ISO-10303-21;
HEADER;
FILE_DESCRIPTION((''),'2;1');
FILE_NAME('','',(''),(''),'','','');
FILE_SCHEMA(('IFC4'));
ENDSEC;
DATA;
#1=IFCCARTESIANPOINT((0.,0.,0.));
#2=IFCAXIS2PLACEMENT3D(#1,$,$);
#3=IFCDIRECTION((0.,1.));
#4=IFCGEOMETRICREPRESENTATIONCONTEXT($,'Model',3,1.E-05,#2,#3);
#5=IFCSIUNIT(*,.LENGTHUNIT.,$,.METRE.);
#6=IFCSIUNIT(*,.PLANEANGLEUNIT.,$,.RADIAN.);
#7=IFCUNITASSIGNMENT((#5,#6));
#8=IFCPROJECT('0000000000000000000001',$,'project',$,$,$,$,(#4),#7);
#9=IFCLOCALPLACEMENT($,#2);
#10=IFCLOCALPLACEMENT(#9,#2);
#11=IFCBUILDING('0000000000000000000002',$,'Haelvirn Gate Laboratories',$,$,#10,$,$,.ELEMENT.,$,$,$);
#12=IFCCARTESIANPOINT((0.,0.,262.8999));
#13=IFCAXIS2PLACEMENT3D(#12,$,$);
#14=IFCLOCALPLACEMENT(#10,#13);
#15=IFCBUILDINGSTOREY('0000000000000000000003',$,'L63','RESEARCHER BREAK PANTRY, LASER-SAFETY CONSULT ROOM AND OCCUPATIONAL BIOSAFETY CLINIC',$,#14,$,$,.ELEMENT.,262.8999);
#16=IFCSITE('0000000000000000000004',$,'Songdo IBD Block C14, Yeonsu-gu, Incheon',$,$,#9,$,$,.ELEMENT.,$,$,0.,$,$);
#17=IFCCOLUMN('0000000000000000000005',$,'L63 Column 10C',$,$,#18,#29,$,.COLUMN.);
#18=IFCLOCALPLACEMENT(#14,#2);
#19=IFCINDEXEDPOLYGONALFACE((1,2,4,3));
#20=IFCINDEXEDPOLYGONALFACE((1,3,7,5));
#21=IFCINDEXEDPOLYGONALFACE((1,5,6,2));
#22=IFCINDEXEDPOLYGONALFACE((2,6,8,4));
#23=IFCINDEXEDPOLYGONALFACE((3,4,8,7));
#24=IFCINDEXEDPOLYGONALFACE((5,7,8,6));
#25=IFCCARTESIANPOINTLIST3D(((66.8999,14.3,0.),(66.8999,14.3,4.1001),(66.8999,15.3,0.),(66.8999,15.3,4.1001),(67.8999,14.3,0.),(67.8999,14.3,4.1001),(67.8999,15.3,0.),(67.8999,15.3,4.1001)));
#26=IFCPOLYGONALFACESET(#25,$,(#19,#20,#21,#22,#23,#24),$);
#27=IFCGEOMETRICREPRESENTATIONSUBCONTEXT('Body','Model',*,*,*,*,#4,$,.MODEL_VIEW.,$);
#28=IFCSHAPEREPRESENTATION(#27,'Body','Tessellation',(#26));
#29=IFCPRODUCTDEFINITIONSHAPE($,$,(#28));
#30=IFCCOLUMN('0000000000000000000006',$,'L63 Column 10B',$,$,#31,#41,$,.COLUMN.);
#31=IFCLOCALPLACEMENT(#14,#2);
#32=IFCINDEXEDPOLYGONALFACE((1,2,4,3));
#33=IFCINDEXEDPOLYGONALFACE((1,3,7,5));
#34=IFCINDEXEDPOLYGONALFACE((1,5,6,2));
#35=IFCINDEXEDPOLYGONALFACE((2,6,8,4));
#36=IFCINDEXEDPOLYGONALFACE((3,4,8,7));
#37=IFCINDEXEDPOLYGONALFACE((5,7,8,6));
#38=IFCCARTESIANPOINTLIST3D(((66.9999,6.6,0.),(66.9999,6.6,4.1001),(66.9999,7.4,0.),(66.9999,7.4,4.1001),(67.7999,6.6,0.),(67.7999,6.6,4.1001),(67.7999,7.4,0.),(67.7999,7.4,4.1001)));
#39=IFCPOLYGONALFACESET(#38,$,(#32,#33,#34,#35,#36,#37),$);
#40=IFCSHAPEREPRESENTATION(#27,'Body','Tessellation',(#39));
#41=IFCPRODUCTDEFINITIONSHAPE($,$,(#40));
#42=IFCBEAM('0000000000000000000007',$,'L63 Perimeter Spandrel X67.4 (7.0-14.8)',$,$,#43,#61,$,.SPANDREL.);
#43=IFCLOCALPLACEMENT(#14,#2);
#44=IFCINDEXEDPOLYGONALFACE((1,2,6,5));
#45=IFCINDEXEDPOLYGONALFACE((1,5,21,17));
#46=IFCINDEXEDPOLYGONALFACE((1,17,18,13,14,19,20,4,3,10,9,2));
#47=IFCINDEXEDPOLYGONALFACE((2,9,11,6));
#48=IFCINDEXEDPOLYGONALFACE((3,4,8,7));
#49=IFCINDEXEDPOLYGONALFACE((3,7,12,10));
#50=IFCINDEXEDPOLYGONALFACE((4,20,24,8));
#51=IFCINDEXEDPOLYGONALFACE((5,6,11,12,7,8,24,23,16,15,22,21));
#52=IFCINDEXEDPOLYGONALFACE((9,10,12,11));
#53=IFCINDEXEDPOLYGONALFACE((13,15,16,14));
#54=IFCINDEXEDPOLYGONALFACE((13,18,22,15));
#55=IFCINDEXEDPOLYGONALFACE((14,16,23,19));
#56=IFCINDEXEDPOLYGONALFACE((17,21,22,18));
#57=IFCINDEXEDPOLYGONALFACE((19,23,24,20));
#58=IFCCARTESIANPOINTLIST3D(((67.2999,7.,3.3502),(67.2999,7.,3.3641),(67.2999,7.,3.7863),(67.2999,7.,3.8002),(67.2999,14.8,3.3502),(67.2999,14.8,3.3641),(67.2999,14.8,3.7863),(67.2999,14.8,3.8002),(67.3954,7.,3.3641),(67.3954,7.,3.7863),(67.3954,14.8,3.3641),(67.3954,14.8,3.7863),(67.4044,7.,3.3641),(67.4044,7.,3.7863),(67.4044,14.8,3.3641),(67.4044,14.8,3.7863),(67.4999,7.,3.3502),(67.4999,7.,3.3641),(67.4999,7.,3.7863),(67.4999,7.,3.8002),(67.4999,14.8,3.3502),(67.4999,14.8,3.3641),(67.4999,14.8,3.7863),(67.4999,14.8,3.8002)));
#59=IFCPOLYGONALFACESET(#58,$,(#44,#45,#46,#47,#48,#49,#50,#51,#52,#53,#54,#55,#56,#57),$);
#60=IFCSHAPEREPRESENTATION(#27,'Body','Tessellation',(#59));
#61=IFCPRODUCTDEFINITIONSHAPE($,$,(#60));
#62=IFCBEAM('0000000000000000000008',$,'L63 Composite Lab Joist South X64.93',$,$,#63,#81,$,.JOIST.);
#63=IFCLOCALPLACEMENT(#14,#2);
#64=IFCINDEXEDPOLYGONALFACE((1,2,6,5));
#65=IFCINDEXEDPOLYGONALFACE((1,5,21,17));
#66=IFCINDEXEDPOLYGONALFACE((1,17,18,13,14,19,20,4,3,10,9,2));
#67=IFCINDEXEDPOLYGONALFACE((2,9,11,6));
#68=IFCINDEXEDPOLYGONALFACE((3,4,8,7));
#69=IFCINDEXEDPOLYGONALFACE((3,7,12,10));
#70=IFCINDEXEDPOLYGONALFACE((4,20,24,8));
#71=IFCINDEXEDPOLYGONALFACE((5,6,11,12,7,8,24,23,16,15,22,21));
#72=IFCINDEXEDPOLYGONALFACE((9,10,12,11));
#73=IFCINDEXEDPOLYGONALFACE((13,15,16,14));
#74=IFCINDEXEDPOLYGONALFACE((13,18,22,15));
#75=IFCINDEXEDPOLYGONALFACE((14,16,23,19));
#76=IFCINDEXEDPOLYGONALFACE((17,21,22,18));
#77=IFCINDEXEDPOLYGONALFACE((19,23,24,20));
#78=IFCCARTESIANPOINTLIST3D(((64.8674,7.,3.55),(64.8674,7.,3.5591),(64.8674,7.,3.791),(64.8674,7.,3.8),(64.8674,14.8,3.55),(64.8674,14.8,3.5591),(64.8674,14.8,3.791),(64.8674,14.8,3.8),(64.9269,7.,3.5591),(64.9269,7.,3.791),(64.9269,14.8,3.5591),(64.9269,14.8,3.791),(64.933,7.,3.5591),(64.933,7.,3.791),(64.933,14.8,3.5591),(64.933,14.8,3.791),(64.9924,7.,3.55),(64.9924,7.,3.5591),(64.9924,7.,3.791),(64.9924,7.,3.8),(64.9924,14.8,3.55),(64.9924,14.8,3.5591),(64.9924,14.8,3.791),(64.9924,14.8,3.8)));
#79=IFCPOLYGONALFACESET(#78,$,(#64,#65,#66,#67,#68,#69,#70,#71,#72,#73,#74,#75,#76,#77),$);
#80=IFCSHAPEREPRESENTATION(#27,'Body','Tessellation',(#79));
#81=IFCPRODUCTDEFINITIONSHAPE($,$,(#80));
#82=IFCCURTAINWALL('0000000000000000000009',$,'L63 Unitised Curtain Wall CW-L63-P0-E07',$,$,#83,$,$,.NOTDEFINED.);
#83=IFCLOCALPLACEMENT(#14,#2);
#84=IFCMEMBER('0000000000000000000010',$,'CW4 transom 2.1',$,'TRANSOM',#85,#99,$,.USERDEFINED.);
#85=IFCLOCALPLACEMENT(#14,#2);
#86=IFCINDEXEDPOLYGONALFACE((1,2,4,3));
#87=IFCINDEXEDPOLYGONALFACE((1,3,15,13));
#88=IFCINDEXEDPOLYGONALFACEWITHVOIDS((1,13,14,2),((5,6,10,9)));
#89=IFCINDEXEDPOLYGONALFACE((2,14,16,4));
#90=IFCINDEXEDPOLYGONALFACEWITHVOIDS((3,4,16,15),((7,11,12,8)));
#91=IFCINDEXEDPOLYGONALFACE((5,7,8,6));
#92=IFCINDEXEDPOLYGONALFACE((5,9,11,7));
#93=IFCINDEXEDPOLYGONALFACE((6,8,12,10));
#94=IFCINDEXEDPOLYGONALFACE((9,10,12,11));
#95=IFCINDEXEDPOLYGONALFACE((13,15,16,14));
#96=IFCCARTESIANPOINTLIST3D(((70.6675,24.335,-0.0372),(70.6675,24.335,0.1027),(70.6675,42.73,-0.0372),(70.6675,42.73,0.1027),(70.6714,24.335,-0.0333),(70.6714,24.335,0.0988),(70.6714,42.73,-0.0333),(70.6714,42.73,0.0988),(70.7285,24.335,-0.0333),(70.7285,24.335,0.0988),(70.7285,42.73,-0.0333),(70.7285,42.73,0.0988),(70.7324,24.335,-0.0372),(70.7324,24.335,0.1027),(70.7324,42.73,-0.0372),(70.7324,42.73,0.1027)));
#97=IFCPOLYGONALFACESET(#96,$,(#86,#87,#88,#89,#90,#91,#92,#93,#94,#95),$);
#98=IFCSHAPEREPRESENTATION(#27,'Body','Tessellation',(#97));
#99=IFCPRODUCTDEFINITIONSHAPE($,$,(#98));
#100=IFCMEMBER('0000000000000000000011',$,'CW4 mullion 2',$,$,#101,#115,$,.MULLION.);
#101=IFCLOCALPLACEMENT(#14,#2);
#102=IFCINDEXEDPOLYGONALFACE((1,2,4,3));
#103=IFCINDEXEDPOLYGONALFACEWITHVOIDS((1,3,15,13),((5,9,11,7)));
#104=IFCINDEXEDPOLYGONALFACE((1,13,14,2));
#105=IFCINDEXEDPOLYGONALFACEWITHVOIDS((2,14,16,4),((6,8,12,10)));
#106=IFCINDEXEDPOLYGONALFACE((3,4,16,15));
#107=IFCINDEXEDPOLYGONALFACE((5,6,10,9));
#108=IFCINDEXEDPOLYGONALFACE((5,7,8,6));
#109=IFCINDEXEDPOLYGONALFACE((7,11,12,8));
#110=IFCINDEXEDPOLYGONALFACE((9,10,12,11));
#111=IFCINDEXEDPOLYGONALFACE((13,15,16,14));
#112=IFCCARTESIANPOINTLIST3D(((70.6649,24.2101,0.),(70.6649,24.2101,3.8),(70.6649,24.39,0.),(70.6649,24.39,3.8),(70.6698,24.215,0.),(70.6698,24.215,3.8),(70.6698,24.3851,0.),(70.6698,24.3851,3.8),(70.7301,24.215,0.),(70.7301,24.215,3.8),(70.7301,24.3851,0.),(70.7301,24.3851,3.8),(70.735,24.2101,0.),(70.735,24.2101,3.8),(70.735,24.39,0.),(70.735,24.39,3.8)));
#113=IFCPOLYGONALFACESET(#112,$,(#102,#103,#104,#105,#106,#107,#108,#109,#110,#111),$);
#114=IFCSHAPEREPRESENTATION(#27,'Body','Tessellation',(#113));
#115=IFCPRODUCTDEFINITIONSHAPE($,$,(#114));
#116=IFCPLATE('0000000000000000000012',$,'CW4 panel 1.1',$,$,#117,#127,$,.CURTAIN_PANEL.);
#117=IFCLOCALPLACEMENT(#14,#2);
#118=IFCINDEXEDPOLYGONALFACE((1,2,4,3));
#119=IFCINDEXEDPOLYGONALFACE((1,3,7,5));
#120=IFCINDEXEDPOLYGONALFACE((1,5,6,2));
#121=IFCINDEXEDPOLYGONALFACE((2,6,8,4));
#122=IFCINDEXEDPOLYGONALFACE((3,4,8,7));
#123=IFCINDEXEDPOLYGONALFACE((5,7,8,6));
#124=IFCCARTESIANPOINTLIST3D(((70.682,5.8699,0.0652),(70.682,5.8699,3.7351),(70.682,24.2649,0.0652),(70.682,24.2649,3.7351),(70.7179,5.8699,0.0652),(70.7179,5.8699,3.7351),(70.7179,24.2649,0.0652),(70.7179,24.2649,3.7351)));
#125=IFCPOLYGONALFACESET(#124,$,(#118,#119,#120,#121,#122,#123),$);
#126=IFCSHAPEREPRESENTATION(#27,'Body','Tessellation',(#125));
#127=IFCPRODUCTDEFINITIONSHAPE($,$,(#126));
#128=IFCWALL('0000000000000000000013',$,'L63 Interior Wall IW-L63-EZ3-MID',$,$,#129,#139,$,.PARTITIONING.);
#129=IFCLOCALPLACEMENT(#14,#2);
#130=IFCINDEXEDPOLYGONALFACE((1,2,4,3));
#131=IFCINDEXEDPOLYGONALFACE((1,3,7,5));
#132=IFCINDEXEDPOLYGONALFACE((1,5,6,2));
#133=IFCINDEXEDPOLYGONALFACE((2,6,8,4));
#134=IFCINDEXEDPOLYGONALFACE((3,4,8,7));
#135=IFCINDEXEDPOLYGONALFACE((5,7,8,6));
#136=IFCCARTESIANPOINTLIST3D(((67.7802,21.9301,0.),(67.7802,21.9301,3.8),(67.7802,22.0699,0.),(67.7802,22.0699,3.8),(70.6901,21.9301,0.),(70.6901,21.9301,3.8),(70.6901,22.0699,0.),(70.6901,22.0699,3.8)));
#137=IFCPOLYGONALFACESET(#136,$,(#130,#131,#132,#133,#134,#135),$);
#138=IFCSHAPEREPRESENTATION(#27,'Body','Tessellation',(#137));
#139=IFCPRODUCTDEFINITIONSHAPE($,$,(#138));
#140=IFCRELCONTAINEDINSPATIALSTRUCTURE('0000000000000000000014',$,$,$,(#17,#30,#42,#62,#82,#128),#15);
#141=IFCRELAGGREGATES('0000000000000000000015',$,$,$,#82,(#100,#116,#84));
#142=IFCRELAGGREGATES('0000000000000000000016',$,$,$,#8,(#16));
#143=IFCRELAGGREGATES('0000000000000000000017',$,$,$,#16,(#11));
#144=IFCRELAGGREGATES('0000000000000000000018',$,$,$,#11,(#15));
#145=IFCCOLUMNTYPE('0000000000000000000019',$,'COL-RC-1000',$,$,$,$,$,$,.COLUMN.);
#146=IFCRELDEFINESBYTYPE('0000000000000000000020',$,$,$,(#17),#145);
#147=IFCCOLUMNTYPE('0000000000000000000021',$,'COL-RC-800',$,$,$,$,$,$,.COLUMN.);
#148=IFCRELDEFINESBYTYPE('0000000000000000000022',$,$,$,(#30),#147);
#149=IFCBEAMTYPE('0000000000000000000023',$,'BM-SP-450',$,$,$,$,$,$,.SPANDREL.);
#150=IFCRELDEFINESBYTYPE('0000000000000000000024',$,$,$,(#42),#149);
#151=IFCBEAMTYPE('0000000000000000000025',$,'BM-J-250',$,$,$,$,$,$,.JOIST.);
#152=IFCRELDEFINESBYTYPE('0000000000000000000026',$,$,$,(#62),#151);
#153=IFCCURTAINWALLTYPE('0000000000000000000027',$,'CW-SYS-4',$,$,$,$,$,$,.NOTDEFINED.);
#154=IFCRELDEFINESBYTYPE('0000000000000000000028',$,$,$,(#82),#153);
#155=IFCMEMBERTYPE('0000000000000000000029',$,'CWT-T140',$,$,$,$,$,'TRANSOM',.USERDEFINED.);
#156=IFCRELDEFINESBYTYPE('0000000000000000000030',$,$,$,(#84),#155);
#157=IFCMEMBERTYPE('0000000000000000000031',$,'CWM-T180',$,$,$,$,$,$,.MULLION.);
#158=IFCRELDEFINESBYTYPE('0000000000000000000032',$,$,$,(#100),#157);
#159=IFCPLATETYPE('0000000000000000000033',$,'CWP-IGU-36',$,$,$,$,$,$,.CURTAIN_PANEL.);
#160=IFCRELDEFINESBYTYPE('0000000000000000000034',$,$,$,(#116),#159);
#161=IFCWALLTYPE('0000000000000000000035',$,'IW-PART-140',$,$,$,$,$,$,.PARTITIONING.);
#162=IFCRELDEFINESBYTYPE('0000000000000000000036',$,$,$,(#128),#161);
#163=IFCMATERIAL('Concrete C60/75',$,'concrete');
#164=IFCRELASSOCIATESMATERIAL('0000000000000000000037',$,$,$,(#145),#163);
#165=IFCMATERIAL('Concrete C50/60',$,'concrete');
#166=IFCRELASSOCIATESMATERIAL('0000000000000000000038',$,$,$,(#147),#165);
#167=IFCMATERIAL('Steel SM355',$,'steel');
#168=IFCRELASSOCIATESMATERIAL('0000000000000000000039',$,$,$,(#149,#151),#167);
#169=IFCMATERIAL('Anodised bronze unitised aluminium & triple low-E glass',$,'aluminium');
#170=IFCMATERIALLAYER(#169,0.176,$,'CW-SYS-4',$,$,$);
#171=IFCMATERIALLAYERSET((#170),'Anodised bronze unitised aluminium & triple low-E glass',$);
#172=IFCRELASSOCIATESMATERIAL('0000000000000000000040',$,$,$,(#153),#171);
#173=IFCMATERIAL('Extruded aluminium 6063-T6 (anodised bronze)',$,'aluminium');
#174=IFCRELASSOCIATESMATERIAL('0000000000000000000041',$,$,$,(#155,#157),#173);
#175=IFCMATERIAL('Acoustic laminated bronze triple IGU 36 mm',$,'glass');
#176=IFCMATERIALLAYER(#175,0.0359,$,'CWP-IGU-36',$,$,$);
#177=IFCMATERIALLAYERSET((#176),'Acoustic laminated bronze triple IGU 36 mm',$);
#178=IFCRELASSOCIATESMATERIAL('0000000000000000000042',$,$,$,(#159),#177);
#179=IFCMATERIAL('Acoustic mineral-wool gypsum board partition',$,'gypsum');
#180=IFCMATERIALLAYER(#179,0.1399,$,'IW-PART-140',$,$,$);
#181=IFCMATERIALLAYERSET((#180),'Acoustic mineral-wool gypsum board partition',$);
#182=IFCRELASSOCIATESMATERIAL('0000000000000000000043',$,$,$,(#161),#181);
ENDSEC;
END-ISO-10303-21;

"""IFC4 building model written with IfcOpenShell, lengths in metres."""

from ifc_helpers import new_model, si_unit, direction, frame, frame_2d, origin, origin_2d, place, context, subcontext, project, spatial, rectangle, hollow_rectangle, i_section, extrude, source, transform, mapped, material, layer, layer_set, material_profile, profile_set, type_object, type_shapes, element, aggregate, save


model = new_model("IFC4")

# Units and contexts
model_context = context("Model", 3, precision=1e-05, world=origin(), true_north=direction((0.0, 1.0)))
body_context = subcontext(model_context, "Body", "Model", "MODEL_VIEW")
ifc_project = project(units=[si_unit("LENGTHUNIT", "METRE"), si_unit("PLANEANGLEUNIT", "RADIAN")], contexts=[model_context])

# Site, building, storey
site_placement = place(None, origin())
site = spatial("IfcSite", under=ifc_project, at=site_placement, Name="Songdo IBD Block C14, Yeonsu-gu, Incheon", CompositionType="ELEMENT", RefElevation=0.0)
building_placement = place(site_placement, origin())
building = spatial("IfcBuilding", under=site, at=building_placement, Name="Haelvirn Gate Laboratories", CompositionType="ELEMENT")
storey_placement = place(building_placement, frame((0.0, 0.0, 262.8999)))
storey = spatial("IfcBuildingStorey", under=building, at=storey_placement, Name="L63", Description="RESEARCHER BREAK PANTRY, LASER-SAFETY CONSULT ROOM AND OCCUPATIONAL BIOSAFETY CLINIC", CompositionType="ELEMENT", Elevation=262.8999)

# Columns
ifc_material_1 = material(Name="Concrete C60/75", Category="concrete")
ifc_material_profile_1 = material_profile(ifc_material_1, rectangle(XDim=1.0, YDim=1.0, at=origin_2d()), Name="RC-1000x1000")
ifc_profile_set_1 = profile_set([ifc_material_profile_1], Name="Concrete C60/75")
column_type_1 = type_object("IfcColumnType", Name="COL-RC-1000", PredefinedType="COLUMN", material=ifc_profile_set_1)
shared_shape_1 = source(origin(), body_context, "Body", "SweptSolid", [
    extrude(rectangle(XDim=1.0, YDim=1.0, at=origin_2d()), origin(), (0.0, 0.0, 1.0), 4.1001),
])
type_shapes(column_type_1, [shared_shape_1])
column_1_placement = place(storey_placement, frame((67.3999, 14.8, 0.0), z_axis=(0.0, 0.0, 1.0), x_axis=(1.0, 0.0, 0.0)))
element("IfcColumn", 1, at=column_1_placement, inside=storey, type_object=column_type_1, Name="L63 Column 10C", PredefinedType="COLUMN", context=body_context, shape_type="MappedRepresentation", body=[
    mapped(shared_shape_1, transform((0.0, 0.0, 0.0), scale=1.0)),
])
ifc_material_2 = material(Name="Concrete C50/60", Category="concrete")
ifc_material_profile_2 = material_profile(ifc_material_2, rectangle(XDim=0.8, YDim=0.8, at=origin_2d()), Name="RC-800x800")
ifc_profile_set_2 = profile_set([ifc_material_profile_2], Name="Concrete C50/60")
column_type_2 = type_object("IfcColumnType", Name="COL-RC-800", PredefinedType="COLUMN", material=ifc_profile_set_2)
shared_shape_2 = source(origin(), body_context, "Body", "SweptSolid", [
    extrude(rectangle(XDim=0.8, YDim=0.8, at=origin_2d()), origin(), (0.0, 0.0, 1.0), 4.1001),
])
type_shapes(column_type_2, [shared_shape_2])
column_2_placement = place(storey_placement, frame((67.3999, 7.0, 0.0), z_axis=(0.0, 0.0, 1.0), x_axis=(1.0, 0.0, 0.0)))
element("IfcColumn", 2, at=column_2_placement, inside=storey, type_object=column_type_2, Name="L63 Column 10B", PredefinedType="COLUMN", context=body_context, shape_type="MappedRepresentation", body=[
    mapped(shared_shape_2, transform((0.0, 0.0, 0.0), scale=1.0)),
])

# Beams
ifc_material_3 = material(Name="Steel SM355", Category="steel")
ifc_material_profile_3 = material_profile(ifc_material_3, i_section(OverallWidth=0.2, OverallDepth=0.45, WebThickness=0.009, FlangeThickness=0.0139, at=origin_2d()), Name="H-450x200x9x14")
ifc_profile_set_3 = profile_set([ifc_material_profile_3], Name="Steel SM355")
beam_type_1 = type_object("IfcBeamType", Name="BM-SP-450", PredefinedType="SPANDREL", material=ifc_profile_set_3)
shared_shape_3 = source(origin(), body_context, "Body", "SweptSolid", [
    extrude(i_section(OverallWidth=0.2, OverallDepth=0.45, WebThickness=0.009, FlangeThickness=0.0139, at=origin_2d()), origin(), (0.0, 0.0, 1.0), 7.8),
])
type_shapes(beam_type_1, [shared_shape_3])
beam_1_placement = place(storey_placement, frame((67.3999, 7.0, 3.5752), z_axis=(0.0, 1.0, 0.0), x_axis=(-1.0, 0.0, 0.0)))
element("IfcBeam", 3, at=beam_1_placement, inside=storey, type_object=beam_type_1, Name="L63 Perimeter Spandrel X67.4 (7.0-14.8)", PredefinedType="SPANDREL", context=body_context, shape_type="MappedRepresentation", body=[
    mapped(shared_shape_3, transform((0.0, 0.0, 0.0), scale=1.0)),
])
ifc_material_profile_4 = material_profile(ifc_material_3, i_section(OverallWidth=0.125, OverallDepth=0.25, WebThickness=0.0061, FlangeThickness=0.009, at=origin_2d()), Name="H-250x125x6x9")
ifc_profile_set_4 = profile_set([ifc_material_profile_4], Name="Steel SM355")
beam_type_2 = type_object("IfcBeamType", Name="BM-J-250", PredefinedType="JOIST", material=ifc_profile_set_4)
shared_shape_4 = source(origin(), body_context, "Body", "SweptSolid", [
    extrude(i_section(OverallWidth=0.125, OverallDepth=0.25, WebThickness=0.0061, FlangeThickness=0.009, at=origin_2d()), origin(), (0.0, 0.0, 1.0), 7.8),
])
type_shapes(beam_type_2, [shared_shape_4])
beam_2_placement = place(storey_placement, frame((64.9299, 7.0, 3.675), z_axis=(0.0, 1.0, 0.0), x_axis=(-1.0, 0.0, 0.0)))
element("IfcBeam", 4, at=beam_2_placement, inside=storey, type_object=beam_type_2, Name="L63 Composite Lab Joist South X64.93", PredefinedType="JOIST", context=body_context, shape_type="MappedRepresentation", body=[
    mapped(shared_shape_4, transform((0.0, 0.0, 0.0), scale=1.0)),
])

# Curtain wall, members, plate
ifc_material_4 = material(Name="Anodised bronze unitised aluminium & triple low-E glass", Category="aluminium")
ifc_layer_1 = layer(ifc_material_4, 0.176, Name="CW-SYS-4")
ifc_layer_set_1 = layer_set([ifc_layer_1], Name="Anodised bronze unitised aluminium & triple low-E glass")
curtain_wall_type = type_object("IfcCurtainWallType", Name="CW-SYS-4", PredefinedType="NOTDEFINED", material=ifc_layer_set_1)
curtain_wall_placement = place(storey_placement, origin())
curtain_wall = element("IfcCurtainWall", 5, at=curtain_wall_placement, inside=storey, type_object=curtain_wall_type, Name="L63 Unitised Curtain Wall CW-L63-P0-E07", PredefinedType="NOTDEFINED")
ifc_material_5 = material(Name="Extruded aluminium 6063-T6 (anodised bronze)", Category="aluminium")
ifc_material_profile_5 = material_profile(ifc_material_5, hollow_rectangle(XDim=0.0649, YDim=0.1399, WallThickness=0.0039, at=origin_2d()), Name="CWT-140x65x4")
ifc_profile_set_5 = profile_set([ifc_material_profile_5], Name="Extruded aluminium 6063-T6 (anodised bronze)")
member_type_1 = type_object("IfcMemberType", Name="CWT-T140", ElementType="TRANSOM", PredefinedType="USERDEFINED", material=ifc_profile_set_5)
shared_shape_5 = source(origin(), body_context, "Body", "SweptSolid", [
    extrude(hollow_rectangle(XDim=0.0649, YDim=0.1399, WallThickness=0.0039, at=origin_2d()), origin(), (0.0, 0.0, 1.0), 18.395),
])
type_shapes(member_type_1, [shared_shape_5])
member_1_placement = place(storey_placement, frame((70.7, 24.335, 0.0327), z_axis=(0.0, 1.0, 0.0), x_axis=(-1.0, 0.0, 0.0)))
member_1 = element("IfcMember", 6, at=member_1_placement, type_object=member_type_1, Name="CW4 transom 2.1", ObjectType="TRANSOM", PredefinedType="USERDEFINED", context=body_context, shape_type="MappedRepresentation", body=[
    mapped(shared_shape_5, transform((0.0, 0.0, 0.0), scale=1.0)),
])
ifc_material_profile_6 = material_profile(ifc_material_5, hollow_rectangle(XDim=0.0701, YDim=0.1799, WallThickness=0.0049, at=origin_2d()), Name="CWM-180x70x5")
ifc_profile_set_6 = profile_set([ifc_material_profile_6], Name="Extruded aluminium 6063-T6 (anodised bronze)")
member_type_2 = type_object("IfcMemberType", Name="CWM-T180", PredefinedType="MULLION", material=ifc_profile_set_6)
shared_shape_6 = source(origin(), body_context, "Body", "SweptSolid", [
    extrude(hollow_rectangle(XDim=0.0701, YDim=0.1799, WallThickness=0.0049, at=origin_2d()), origin(), (0.0, 0.0, 1.0), 3.8),
])
type_shapes(member_type_2, [shared_shape_6])
member_2_placement = place(storey_placement, frame((70.7, 24.3, 0.0), z_axis=(0.0, 0.0, 1.0), x_axis=(-1.0, 0.0, 0.0)))
member_2 = element("IfcMember", 7, at=member_2_placement, type_object=member_type_2, Name="CW4 mullion 2", PredefinedType="MULLION", context=body_context, shape_type="MappedRepresentation", body=[
    mapped(shared_shape_6, transform((0.0, 0.0, 0.0), scale=1.0)),
])
ifc_material_6 = material(Name="Acoustic laminated bronze triple IGU 36 mm", Category="glass")
ifc_layer_2 = layer(ifc_material_6, 0.0359, Name="CWP-IGU-36")
ifc_layer_set_2 = layer_set([ifc_layer_2], Name="Acoustic laminated bronze triple IGU 36 mm")
plate_type = type_object("IfcPlateType", Name="CWP-IGU-36", PredefinedType="CURTAIN_PANEL", material=ifc_layer_set_2)
shared_shape_7 = source(origin(), body_context, "Body", "SweptSolid", [
    extrude(rectangle(XDim=18.395, YDim=0.0359, at=origin_2d()), origin(), (0.0, 0.0, 1.0), 3.6699),
])
type_shapes(plate_type, [shared_shape_7])
plate_placement = place(storey_placement, frame((70.7, 15.0674, 0.0652), z_axis=(0.0, 0.0, 1.0), x_axis=(0.0, 1.0, 0.0)))
plate = element("IfcPlate", 8, at=plate_placement, type_object=plate_type, Name="CW4 panel 1.1", PredefinedType="CURTAIN_PANEL", context=body_context, shape_type="MappedRepresentation", body=[
    mapped(shared_shape_7, transform((0.0, 0.0, 0.0), scale=1.0)),
])
aggregate(curtain_wall, [member_2, plate, member_1])

# Wall
ifc_material_7 = material(Name="Acoustic mineral-wool gypsum board partition", Category="gypsum")
ifc_layer_3 = layer(ifc_material_7, 0.1399, Name="IW-PART-140")
ifc_layer_set_3 = layer_set([ifc_layer_3], Name="Acoustic mineral-wool gypsum board partition")
wall_type_1 = type_object("IfcWallType", Name="IW-PART-140", PredefinedType="PARTITIONING", material=ifc_layer_set_3)
wall_1_placement = place(storey_placement, frame((67.78, 22.0, 0.0), z_axis=(0.0, 0.0, 1.0), x_axis=(1.0, 0.0, 0.0)))
element("IfcWall", 9, at=wall_1_placement, inside=storey, type_object=wall_type_1, Name="L63 Interior Wall IW-L63-EZ3-MID", PredefinedType="PARTITIONING", context=body_context, shape_type="SweptSolid", body=[
    extrude(rectangle(XDim=2.9099, YDim=0.1399, at=frame_2d((1.4551, 0.0))), origin(), (0.0, 0.0, 1.0), 3.8),
])

save(model, "model.ifc")
